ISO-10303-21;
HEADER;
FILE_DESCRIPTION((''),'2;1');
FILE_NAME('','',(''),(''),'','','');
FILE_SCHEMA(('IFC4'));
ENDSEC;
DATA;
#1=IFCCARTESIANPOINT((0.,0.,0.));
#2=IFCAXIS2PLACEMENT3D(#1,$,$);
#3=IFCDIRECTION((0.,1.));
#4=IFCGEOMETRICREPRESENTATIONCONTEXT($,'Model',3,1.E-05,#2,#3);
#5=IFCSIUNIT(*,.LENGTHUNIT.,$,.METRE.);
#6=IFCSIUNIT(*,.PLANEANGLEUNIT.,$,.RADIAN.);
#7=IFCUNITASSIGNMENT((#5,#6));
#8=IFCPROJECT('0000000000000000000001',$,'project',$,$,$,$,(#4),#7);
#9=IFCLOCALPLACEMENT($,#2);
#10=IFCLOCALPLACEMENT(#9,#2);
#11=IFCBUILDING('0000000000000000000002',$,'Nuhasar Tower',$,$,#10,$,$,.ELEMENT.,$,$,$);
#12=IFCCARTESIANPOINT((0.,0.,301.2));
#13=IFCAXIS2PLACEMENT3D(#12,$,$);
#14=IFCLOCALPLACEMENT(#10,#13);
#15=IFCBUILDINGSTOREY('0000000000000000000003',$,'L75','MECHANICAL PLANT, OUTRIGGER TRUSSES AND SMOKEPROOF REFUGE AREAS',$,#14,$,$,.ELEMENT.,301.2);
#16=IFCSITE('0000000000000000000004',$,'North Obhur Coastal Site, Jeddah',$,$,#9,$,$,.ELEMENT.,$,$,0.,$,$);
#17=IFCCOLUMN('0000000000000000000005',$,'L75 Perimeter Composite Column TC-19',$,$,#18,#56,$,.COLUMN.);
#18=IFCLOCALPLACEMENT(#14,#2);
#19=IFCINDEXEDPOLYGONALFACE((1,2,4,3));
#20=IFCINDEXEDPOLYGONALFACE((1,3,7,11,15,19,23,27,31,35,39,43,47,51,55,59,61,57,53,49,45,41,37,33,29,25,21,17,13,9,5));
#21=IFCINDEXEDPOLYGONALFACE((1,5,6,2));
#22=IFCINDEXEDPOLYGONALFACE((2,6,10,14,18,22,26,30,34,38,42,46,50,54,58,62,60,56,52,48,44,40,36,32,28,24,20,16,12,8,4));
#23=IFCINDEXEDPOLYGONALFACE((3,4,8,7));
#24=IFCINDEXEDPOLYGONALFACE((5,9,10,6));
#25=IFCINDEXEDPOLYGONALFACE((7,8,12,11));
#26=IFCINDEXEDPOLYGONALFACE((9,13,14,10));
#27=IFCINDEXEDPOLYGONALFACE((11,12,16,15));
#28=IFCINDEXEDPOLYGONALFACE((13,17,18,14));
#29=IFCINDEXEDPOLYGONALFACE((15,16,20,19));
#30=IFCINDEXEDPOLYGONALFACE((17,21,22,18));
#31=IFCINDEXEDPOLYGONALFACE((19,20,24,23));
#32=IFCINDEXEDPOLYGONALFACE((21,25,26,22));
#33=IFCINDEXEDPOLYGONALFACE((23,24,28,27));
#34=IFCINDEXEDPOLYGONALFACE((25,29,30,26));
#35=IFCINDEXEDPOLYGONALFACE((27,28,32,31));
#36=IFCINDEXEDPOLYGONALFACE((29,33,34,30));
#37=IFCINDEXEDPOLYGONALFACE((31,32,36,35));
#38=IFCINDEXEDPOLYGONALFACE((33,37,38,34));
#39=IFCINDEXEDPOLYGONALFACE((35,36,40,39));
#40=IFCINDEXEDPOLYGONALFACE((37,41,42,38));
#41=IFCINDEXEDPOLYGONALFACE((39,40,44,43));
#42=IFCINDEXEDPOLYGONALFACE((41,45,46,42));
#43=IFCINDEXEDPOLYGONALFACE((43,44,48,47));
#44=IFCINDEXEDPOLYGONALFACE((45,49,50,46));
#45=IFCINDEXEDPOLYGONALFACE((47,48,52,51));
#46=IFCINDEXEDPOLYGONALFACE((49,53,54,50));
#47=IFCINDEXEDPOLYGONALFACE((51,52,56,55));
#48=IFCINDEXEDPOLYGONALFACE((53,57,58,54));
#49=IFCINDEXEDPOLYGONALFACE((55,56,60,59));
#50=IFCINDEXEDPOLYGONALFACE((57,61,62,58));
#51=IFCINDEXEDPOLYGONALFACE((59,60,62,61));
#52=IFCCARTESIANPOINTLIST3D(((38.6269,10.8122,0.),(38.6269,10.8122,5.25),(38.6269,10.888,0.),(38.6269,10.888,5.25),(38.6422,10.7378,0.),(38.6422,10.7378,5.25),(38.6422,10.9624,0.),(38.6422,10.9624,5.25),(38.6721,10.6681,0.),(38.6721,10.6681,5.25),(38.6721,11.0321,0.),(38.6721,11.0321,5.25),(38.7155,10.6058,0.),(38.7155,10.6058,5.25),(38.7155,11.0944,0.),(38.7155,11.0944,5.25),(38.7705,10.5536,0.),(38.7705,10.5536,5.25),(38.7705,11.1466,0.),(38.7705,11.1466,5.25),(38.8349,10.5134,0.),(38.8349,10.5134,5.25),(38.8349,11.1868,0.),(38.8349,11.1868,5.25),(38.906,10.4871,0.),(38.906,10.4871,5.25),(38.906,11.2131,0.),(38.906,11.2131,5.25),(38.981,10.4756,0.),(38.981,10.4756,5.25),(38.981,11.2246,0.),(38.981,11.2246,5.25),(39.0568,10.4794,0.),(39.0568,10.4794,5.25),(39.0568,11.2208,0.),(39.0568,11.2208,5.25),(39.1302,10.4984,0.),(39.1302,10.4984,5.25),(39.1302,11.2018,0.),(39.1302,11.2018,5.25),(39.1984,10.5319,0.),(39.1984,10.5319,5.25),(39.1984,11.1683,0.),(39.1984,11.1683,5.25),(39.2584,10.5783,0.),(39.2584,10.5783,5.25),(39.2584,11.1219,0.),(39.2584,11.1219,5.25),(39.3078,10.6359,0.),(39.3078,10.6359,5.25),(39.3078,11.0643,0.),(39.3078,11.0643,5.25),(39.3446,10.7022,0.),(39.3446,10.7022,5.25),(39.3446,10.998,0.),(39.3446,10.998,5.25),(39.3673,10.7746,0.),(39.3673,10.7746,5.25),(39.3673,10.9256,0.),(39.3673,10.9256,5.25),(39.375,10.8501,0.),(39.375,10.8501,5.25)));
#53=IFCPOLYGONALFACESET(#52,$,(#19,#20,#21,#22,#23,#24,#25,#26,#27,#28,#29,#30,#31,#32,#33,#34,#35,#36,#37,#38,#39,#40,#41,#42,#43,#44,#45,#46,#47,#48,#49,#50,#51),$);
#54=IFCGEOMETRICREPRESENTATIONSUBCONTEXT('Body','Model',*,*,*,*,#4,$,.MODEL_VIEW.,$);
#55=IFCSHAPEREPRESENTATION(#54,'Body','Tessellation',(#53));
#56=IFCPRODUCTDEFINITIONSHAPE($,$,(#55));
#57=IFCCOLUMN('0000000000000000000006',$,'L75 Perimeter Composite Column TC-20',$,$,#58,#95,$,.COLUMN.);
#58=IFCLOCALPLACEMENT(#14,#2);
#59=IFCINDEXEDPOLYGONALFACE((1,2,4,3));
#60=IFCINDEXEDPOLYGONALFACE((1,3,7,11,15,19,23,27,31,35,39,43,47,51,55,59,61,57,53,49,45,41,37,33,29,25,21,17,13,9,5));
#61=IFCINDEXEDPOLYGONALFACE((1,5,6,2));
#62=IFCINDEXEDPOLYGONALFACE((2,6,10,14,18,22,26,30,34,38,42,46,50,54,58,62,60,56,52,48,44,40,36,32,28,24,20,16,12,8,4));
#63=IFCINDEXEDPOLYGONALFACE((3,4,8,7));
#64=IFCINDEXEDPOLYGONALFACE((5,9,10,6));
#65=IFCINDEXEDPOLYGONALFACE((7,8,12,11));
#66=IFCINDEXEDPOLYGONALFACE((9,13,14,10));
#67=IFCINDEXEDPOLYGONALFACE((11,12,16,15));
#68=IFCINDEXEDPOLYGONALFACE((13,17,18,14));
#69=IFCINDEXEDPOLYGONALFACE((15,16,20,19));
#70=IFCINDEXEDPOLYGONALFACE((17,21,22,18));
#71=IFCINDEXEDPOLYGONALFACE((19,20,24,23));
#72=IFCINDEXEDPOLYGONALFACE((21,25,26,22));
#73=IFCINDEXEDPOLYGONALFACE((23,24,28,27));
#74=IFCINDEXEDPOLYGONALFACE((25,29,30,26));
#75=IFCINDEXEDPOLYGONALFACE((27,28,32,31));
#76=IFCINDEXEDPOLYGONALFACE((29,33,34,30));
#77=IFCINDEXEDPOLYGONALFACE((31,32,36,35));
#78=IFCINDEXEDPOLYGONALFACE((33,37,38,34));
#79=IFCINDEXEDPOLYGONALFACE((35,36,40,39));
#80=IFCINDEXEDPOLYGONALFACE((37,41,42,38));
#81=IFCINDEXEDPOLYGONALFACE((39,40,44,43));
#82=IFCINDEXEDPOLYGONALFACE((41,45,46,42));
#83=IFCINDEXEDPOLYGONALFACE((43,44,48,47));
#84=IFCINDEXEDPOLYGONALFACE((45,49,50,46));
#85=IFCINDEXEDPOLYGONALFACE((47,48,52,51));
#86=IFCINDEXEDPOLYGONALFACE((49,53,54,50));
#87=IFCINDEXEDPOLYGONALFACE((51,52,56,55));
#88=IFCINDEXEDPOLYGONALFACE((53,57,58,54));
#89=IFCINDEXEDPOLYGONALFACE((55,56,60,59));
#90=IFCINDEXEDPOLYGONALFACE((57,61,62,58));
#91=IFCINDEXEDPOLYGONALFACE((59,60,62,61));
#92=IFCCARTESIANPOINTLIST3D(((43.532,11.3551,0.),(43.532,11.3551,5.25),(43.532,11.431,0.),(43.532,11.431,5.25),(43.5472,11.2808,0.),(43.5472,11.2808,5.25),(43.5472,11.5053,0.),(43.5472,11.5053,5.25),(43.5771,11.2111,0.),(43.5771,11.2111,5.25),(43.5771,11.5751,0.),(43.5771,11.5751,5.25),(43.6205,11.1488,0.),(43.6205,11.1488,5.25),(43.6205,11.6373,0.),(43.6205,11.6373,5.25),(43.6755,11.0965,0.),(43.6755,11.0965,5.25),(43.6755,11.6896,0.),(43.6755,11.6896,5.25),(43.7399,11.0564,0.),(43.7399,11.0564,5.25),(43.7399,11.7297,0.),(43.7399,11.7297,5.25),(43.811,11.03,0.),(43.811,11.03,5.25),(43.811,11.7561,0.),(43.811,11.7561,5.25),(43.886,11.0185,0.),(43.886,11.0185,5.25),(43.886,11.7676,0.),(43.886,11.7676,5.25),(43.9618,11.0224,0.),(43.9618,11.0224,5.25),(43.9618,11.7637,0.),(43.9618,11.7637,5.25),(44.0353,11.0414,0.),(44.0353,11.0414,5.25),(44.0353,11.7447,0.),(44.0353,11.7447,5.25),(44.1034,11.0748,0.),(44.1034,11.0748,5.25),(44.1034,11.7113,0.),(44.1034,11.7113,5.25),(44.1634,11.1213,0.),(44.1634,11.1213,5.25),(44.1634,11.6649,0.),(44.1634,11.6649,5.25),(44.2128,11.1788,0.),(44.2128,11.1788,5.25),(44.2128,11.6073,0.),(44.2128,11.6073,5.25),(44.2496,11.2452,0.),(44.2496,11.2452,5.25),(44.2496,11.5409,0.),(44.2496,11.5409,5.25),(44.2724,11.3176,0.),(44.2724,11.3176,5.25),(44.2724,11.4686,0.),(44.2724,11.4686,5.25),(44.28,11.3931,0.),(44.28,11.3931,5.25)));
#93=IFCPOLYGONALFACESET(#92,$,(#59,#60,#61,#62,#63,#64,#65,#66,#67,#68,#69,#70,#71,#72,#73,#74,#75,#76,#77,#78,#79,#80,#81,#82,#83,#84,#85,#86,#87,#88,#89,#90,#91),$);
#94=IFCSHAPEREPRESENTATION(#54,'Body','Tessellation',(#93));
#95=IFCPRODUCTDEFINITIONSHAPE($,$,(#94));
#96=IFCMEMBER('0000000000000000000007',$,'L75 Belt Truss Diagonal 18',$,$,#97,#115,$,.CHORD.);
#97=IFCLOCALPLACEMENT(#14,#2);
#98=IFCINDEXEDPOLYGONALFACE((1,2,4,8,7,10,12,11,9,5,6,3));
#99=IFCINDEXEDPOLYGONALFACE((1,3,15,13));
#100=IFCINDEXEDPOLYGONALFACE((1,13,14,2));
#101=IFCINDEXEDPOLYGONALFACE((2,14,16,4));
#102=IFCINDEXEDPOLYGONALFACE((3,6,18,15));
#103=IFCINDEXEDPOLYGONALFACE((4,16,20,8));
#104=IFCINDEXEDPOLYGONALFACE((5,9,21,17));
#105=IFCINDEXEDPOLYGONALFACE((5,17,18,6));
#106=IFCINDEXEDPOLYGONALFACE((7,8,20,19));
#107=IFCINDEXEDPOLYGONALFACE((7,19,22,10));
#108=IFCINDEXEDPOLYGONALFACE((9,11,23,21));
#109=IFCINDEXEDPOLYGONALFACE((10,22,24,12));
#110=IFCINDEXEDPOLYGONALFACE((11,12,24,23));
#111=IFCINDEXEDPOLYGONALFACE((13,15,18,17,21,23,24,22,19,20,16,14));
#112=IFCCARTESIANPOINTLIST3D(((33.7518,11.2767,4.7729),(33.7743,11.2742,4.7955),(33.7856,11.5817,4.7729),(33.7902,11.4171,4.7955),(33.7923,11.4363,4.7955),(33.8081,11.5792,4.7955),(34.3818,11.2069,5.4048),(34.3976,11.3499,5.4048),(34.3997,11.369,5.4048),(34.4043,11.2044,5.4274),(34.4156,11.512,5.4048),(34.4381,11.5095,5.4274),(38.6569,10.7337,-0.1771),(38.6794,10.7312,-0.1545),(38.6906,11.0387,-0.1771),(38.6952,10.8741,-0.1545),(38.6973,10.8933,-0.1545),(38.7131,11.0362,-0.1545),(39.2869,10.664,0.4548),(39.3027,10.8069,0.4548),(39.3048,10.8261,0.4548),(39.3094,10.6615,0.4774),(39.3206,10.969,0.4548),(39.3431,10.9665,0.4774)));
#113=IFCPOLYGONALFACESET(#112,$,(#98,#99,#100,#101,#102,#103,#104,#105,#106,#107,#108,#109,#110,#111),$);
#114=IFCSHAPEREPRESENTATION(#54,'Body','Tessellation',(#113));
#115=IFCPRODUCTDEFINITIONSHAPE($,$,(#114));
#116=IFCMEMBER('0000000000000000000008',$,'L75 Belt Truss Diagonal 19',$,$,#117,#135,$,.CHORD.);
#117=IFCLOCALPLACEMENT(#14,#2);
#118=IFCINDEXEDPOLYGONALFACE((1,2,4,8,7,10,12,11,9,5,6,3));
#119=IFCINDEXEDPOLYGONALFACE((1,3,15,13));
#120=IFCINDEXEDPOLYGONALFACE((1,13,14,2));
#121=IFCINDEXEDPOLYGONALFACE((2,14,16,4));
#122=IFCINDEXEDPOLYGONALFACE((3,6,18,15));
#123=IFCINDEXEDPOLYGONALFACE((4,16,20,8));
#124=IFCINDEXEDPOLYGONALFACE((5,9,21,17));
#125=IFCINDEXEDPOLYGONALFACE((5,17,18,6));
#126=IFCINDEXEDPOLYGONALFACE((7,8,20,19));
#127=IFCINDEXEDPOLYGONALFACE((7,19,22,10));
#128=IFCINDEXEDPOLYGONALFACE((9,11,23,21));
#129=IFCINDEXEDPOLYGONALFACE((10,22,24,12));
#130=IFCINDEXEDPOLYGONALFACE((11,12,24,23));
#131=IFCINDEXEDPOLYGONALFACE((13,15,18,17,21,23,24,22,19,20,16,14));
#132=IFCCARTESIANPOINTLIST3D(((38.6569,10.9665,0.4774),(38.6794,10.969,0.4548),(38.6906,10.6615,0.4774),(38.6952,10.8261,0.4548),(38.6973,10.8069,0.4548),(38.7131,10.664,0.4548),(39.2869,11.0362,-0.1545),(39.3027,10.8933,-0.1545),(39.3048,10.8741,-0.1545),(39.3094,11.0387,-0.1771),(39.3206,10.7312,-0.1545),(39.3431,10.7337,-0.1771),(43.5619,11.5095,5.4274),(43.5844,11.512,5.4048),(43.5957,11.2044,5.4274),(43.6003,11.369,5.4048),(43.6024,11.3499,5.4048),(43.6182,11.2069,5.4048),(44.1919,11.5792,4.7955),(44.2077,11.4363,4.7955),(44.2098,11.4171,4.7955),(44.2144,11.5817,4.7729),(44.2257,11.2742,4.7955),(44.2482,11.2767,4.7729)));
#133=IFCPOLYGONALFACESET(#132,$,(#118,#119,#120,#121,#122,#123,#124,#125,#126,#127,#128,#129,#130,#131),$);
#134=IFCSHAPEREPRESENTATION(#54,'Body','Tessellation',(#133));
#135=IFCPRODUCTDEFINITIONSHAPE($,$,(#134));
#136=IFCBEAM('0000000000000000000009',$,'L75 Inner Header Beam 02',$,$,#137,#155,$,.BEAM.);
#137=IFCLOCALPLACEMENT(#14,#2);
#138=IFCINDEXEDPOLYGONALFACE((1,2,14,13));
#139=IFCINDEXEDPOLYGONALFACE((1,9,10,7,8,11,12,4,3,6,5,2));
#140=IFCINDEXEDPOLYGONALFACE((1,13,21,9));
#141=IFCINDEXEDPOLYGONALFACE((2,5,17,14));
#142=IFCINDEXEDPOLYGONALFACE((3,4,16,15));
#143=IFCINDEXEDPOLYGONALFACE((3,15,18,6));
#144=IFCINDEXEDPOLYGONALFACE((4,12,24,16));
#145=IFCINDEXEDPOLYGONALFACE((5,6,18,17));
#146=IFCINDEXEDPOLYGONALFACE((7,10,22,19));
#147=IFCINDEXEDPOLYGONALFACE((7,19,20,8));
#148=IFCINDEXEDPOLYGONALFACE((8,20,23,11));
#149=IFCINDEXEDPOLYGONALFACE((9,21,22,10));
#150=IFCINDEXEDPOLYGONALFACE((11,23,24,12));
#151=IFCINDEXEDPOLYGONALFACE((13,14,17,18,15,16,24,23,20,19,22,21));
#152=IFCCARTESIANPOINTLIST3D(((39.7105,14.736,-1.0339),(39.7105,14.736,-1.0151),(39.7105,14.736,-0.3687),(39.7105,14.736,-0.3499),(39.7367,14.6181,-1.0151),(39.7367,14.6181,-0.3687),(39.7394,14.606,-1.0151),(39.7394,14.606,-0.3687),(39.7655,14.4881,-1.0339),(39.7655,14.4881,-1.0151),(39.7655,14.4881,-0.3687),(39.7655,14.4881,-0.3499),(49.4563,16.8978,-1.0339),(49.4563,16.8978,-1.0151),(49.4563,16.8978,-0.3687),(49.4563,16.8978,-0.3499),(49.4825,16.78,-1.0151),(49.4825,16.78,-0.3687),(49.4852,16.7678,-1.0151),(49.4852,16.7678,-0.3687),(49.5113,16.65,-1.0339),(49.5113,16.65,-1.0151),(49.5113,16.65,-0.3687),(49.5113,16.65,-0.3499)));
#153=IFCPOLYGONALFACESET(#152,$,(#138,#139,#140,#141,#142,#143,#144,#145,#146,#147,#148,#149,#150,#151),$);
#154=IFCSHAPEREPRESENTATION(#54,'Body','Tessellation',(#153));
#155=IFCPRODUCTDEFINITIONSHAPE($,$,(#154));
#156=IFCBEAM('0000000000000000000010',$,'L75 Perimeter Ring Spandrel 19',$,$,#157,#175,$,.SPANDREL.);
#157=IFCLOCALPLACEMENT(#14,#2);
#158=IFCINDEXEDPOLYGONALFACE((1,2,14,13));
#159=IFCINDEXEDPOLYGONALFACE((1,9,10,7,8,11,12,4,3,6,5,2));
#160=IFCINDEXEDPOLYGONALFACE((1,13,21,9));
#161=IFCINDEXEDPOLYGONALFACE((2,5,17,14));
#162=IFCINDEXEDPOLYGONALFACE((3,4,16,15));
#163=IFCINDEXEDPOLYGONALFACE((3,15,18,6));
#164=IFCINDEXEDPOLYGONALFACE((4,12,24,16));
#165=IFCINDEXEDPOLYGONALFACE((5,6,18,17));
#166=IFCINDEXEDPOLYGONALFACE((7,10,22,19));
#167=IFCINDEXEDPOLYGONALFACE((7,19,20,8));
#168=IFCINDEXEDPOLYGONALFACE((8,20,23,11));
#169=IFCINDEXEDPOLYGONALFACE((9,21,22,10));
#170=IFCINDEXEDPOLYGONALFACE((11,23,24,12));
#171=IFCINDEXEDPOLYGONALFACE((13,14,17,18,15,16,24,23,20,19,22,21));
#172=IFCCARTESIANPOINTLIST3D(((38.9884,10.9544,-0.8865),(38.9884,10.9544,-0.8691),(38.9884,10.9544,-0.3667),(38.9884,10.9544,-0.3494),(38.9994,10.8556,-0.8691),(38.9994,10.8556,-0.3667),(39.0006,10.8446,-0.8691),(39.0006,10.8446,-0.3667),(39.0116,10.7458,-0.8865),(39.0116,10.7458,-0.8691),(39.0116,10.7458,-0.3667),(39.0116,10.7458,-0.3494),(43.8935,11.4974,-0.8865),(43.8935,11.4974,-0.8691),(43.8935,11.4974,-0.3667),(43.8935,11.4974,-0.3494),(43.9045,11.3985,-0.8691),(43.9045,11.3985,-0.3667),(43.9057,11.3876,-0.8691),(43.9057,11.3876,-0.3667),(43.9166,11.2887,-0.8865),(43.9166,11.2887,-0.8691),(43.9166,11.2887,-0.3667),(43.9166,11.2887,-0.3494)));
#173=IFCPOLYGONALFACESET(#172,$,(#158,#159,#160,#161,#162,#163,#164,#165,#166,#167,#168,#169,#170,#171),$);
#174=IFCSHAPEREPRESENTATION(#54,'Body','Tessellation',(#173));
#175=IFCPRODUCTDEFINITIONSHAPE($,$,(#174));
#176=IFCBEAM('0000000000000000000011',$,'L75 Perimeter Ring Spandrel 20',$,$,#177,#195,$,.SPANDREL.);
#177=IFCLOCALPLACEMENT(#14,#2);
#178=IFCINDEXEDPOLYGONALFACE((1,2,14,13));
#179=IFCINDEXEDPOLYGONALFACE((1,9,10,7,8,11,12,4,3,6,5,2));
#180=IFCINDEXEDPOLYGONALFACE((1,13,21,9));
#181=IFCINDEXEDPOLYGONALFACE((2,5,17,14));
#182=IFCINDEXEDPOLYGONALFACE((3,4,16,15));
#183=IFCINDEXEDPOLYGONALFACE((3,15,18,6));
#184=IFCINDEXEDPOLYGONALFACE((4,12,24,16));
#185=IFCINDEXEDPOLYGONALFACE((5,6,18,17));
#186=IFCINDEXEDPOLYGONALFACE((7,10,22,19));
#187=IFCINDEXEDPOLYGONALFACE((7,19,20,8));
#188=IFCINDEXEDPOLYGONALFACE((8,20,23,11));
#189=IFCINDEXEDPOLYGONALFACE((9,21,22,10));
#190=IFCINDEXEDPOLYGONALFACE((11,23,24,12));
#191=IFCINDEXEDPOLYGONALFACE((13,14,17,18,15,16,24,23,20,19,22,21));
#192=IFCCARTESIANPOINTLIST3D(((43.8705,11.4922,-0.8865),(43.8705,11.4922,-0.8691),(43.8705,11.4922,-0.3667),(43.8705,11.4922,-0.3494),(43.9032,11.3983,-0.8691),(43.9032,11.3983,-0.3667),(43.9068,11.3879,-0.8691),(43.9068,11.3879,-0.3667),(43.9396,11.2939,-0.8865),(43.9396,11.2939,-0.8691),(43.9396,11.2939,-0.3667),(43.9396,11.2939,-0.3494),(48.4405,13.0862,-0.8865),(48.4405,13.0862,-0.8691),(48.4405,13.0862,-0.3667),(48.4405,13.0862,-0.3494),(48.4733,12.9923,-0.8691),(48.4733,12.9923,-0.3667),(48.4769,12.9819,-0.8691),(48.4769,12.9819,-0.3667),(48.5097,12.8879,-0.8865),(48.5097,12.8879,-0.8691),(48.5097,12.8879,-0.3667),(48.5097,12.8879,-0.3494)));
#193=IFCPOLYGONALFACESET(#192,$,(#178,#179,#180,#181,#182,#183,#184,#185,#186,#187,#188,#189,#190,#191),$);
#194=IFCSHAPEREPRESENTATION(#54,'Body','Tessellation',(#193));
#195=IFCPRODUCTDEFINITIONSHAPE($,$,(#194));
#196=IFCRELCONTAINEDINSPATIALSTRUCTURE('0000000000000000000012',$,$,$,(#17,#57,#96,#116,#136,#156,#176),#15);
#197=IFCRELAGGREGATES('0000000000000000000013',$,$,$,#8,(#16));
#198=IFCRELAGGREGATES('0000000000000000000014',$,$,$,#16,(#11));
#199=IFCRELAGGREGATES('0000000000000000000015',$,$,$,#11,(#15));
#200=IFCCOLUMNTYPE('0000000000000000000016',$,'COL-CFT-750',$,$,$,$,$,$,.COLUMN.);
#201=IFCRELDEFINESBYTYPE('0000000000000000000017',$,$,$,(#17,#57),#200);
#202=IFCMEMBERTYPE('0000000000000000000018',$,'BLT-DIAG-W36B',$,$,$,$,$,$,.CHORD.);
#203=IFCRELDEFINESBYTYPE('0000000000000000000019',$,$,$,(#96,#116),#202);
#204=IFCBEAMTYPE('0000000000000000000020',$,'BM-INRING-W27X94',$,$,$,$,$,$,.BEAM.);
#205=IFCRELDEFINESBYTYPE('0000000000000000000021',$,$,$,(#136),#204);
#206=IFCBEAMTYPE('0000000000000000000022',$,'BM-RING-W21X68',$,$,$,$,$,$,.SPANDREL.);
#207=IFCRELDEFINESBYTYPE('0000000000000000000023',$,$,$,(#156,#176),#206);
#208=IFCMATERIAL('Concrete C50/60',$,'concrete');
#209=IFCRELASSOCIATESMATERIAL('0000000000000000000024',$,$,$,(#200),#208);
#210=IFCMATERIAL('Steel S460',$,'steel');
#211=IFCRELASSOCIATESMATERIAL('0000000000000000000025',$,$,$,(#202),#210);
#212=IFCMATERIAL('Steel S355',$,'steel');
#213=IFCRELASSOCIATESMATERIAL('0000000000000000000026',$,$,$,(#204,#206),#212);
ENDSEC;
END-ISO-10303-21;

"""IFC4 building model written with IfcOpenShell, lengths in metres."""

from ifc_helpers import new_model, si_unit, direction, frame, origin, origin_2d, place, context, subcontext, project, spatial, circle, i_section, extrude, material, material_profile, profile_set, type_object, element, save


model = new_model("IFC4")

# Units and contexts
model_context = context("Model", 3, precision=1e-05, world=origin(), true_north=direction((0.0, 1.0)))
body_context = subcontext(model_context, "Body", "Model", "MODEL_VIEW")
ifc_project = project(units=[si_unit("LENGTHUNIT", "METRE"), si_unit("PLANEANGLEUNIT", "RADIAN")], contexts=[model_context])

# Site, building, storey
site_placement = place(None, origin())
site = spatial("IfcSite", under=ifc_project, at=site_placement, Name="North Obhur Coastal Site, Jeddah", CompositionType="ELEMENT", RefElevation=0.0)
building_placement = place(site_placement, origin())
building = spatial("IfcBuilding", under=site, at=building_placement, Name="Nuhasar Tower", CompositionType="ELEMENT")
storey_placement = place(building_placement, frame((0.0, 0.0, 301.2)))
storey = spatial("IfcBuildingStorey", under=building, at=storey_placement, Name="L75", Description="MECHANICAL PLANT, OUTRIGGER TRUSSES AND SMOKEPROOF REFUGE AREAS", CompositionType="ELEMENT", Elevation=301.2)

# Columns
ifc_material_1 = material(Name="Concrete C50/60", Category="concrete")
ifc_material_profile_1 = material_profile(ifc_material_1, circle(Radius=0.375, at=origin_2d()), Name="CFT750")
ifc_profile_set_1 = profile_set([ifc_material_profile_1], Name="Concrete C50/60")
column_type = type_object("IfcColumnType", Name="COL-CFT-750", PredefinedType="COLUMN", material=ifc_profile_set_1)
for number, where, z_axis, x_axis, name in (
    (1, (39.0, 10.8501, 0.0), (0.0, 0.0, 1.0), (1.0, 0.0, 0.0), "L75 Perimeter Composite Column TC-19"),
    (2, (43.905, 11.3931, 0.0), (0.0, 0.0, 1.0), (1.0, 0.0, 0.0), "L75 Perimeter Composite Column TC-20"),
):
    element("IfcColumn", number, at=place(storey_placement, frame(where, z_axis=z_axis, x_axis=x_axis)), inside=storey, type_object=column_type, Name=name, PredefinedType="COLUMN", context=body_context, shape_type="SweptSolid", body=[
        extrude(circle(Radius=0.375, at=origin_2d()), origin(), (0.0, 0.0, 1.0), 5.25),
    ])

# Members
ifc_material_2 = material(Name="Steel S460", Category="steel")
ifc_material_profile_2 = material_profile(ifc_material_2, i_section(OverallWidth=0.3069, OverallDepth=0.927, WebThickness=0.0193, FlangeThickness=0.032, at=origin_2d()), Name="W36X194")
ifc_profile_set_2 = profile_set([ifc_material_profile_2], Name="Steel S460")
member_type_1 = type_object("IfcMemberType", Name="BLT-DIAG-W36B", PredefinedType="CHORD", material=ifc_profile_set_2)
for number, where, z_axis, x_axis, name in (
    (3, (39.0, 10.8501, 0.1501), (-0.701749, 0.077681, 0.708176), (-0.110024, -0.993929, 0.0), "L75 Belt Truss Diagonal 18"),
    (4, (39.0, 10.8501, 0.1501), (0.701749, 0.077681, 0.708176), (-0.110024, 0.993929, 0.0), "L75 Belt Truss Diagonal 19"),
):
    element("IfcMember", number, at=place(storey_placement, frame(where, z_axis=z_axis, x_axis=x_axis)), inside=storey, type_object=member_type_1, Name=name, PredefinedType="CHORD", context=body_context, shape_type="SweptSolid", body=[
        extrude(i_section(OverallWidth=0.3069, OverallDepth=0.927, WebThickness=0.0193, FlangeThickness=0.032, at=origin_2d()), origin(), (0.0, 0.0, 1.0), 6.9897),
    ])

# Beams
ifc_material_3 = material(Name="Steel S355", Category="steel")
ifc_material_profile_3 = material_profile(ifc_material_3, i_section(OverallWidth=0.2539, OverallDepth=0.6841, WebThickness=0.0125, FlangeThickness=0.0188, at=origin_2d()), Name="W27X94")
ifc_profile_set_3 = profile_set([ifc_material_profile_3], Name="Steel S355")
beam_type_1 = type_object("IfcBeamType", Name="BM-INRING-W27X94", PredefinedType="BEAM", material=ifc_profile_set_3)
beam_1_placement = place(storey_placement, frame((39.738, 14.6121, -0.6919), z_axis=(0.976269, 0.21656, 0.0), x_axis=(-0.21656, 0.976269, 0.0)))
element("IfcBeam", 5, at=beam_1_placement, inside=storey, type_object=beam_type_1, Name="L75 Inner Header Beam 02", PredefinedType="BEAM", context=body_context, shape_type="SweptSolid", body=[
    extrude(i_section(OverallWidth=0.2539, OverallDepth=0.6841, WebThickness=0.0125, FlangeThickness=0.0188, at=origin_2d()), origin(), (0.0, 0.0, 1.0), 9.9827),
])
ifc_material_profile_4 = material_profile(ifc_material_3, i_section(OverallWidth=0.21, OverallDepth=0.5371, WebThickness=0.011, FlangeThickness=0.0173, at=origin_2d()), Name="W21X68")
ifc_profile_set_4 = profile_set([ifc_material_profile_4], Name="Steel S355")
beam_type_2 = type_object("IfcBeamType", Name="BM-RING-W21X68", PredefinedType="SPANDREL", material=ifc_profile_set_4)
beam_2_placement = place(storey_placement, frame((39.0, 10.8501, -0.6179), z_axis=(0.993929, 0.110024, 0.0), x_axis=(-0.110024, 0.993929, 0.0)))
element("IfcBeam", 6, at=beam_2_placement, inside=storey, type_object=beam_type_2, Name="L75 Perimeter Ring Spandrel 19", PredefinedType="SPANDREL", context=body_context, shape_type="SweptSolid", body=[
    extrude(i_section(OverallWidth=0.21, OverallDepth=0.5371, WebThickness=0.011, FlangeThickness=0.0173, at=origin_2d()), origin(), (0.0, 0.0, 1.0), 4.9351),
])
beam_3_placement = place(storey_placement, frame((43.905, 11.3931, -0.6179), z_axis=(0.944214, 0.329332, 0.0), x_axis=(-0.329332, 0.944214, 0.0)))
element("IfcBeam", 7, at=beam_3_placement, inside=storey, type_object=beam_type_2, Name="L75 Perimeter Ring Spandrel 20", PredefinedType="SPANDREL", context=body_context, shape_type="SweptSolid", body=[
    extrude(i_section(OverallWidth=0.21, OverallDepth=0.5371, WebThickness=0.011, FlangeThickness=0.0173, at=origin_2d()), origin(), (0.0, 0.0, 1.0), 4.8401),
])

save(model, "model.ifc")
